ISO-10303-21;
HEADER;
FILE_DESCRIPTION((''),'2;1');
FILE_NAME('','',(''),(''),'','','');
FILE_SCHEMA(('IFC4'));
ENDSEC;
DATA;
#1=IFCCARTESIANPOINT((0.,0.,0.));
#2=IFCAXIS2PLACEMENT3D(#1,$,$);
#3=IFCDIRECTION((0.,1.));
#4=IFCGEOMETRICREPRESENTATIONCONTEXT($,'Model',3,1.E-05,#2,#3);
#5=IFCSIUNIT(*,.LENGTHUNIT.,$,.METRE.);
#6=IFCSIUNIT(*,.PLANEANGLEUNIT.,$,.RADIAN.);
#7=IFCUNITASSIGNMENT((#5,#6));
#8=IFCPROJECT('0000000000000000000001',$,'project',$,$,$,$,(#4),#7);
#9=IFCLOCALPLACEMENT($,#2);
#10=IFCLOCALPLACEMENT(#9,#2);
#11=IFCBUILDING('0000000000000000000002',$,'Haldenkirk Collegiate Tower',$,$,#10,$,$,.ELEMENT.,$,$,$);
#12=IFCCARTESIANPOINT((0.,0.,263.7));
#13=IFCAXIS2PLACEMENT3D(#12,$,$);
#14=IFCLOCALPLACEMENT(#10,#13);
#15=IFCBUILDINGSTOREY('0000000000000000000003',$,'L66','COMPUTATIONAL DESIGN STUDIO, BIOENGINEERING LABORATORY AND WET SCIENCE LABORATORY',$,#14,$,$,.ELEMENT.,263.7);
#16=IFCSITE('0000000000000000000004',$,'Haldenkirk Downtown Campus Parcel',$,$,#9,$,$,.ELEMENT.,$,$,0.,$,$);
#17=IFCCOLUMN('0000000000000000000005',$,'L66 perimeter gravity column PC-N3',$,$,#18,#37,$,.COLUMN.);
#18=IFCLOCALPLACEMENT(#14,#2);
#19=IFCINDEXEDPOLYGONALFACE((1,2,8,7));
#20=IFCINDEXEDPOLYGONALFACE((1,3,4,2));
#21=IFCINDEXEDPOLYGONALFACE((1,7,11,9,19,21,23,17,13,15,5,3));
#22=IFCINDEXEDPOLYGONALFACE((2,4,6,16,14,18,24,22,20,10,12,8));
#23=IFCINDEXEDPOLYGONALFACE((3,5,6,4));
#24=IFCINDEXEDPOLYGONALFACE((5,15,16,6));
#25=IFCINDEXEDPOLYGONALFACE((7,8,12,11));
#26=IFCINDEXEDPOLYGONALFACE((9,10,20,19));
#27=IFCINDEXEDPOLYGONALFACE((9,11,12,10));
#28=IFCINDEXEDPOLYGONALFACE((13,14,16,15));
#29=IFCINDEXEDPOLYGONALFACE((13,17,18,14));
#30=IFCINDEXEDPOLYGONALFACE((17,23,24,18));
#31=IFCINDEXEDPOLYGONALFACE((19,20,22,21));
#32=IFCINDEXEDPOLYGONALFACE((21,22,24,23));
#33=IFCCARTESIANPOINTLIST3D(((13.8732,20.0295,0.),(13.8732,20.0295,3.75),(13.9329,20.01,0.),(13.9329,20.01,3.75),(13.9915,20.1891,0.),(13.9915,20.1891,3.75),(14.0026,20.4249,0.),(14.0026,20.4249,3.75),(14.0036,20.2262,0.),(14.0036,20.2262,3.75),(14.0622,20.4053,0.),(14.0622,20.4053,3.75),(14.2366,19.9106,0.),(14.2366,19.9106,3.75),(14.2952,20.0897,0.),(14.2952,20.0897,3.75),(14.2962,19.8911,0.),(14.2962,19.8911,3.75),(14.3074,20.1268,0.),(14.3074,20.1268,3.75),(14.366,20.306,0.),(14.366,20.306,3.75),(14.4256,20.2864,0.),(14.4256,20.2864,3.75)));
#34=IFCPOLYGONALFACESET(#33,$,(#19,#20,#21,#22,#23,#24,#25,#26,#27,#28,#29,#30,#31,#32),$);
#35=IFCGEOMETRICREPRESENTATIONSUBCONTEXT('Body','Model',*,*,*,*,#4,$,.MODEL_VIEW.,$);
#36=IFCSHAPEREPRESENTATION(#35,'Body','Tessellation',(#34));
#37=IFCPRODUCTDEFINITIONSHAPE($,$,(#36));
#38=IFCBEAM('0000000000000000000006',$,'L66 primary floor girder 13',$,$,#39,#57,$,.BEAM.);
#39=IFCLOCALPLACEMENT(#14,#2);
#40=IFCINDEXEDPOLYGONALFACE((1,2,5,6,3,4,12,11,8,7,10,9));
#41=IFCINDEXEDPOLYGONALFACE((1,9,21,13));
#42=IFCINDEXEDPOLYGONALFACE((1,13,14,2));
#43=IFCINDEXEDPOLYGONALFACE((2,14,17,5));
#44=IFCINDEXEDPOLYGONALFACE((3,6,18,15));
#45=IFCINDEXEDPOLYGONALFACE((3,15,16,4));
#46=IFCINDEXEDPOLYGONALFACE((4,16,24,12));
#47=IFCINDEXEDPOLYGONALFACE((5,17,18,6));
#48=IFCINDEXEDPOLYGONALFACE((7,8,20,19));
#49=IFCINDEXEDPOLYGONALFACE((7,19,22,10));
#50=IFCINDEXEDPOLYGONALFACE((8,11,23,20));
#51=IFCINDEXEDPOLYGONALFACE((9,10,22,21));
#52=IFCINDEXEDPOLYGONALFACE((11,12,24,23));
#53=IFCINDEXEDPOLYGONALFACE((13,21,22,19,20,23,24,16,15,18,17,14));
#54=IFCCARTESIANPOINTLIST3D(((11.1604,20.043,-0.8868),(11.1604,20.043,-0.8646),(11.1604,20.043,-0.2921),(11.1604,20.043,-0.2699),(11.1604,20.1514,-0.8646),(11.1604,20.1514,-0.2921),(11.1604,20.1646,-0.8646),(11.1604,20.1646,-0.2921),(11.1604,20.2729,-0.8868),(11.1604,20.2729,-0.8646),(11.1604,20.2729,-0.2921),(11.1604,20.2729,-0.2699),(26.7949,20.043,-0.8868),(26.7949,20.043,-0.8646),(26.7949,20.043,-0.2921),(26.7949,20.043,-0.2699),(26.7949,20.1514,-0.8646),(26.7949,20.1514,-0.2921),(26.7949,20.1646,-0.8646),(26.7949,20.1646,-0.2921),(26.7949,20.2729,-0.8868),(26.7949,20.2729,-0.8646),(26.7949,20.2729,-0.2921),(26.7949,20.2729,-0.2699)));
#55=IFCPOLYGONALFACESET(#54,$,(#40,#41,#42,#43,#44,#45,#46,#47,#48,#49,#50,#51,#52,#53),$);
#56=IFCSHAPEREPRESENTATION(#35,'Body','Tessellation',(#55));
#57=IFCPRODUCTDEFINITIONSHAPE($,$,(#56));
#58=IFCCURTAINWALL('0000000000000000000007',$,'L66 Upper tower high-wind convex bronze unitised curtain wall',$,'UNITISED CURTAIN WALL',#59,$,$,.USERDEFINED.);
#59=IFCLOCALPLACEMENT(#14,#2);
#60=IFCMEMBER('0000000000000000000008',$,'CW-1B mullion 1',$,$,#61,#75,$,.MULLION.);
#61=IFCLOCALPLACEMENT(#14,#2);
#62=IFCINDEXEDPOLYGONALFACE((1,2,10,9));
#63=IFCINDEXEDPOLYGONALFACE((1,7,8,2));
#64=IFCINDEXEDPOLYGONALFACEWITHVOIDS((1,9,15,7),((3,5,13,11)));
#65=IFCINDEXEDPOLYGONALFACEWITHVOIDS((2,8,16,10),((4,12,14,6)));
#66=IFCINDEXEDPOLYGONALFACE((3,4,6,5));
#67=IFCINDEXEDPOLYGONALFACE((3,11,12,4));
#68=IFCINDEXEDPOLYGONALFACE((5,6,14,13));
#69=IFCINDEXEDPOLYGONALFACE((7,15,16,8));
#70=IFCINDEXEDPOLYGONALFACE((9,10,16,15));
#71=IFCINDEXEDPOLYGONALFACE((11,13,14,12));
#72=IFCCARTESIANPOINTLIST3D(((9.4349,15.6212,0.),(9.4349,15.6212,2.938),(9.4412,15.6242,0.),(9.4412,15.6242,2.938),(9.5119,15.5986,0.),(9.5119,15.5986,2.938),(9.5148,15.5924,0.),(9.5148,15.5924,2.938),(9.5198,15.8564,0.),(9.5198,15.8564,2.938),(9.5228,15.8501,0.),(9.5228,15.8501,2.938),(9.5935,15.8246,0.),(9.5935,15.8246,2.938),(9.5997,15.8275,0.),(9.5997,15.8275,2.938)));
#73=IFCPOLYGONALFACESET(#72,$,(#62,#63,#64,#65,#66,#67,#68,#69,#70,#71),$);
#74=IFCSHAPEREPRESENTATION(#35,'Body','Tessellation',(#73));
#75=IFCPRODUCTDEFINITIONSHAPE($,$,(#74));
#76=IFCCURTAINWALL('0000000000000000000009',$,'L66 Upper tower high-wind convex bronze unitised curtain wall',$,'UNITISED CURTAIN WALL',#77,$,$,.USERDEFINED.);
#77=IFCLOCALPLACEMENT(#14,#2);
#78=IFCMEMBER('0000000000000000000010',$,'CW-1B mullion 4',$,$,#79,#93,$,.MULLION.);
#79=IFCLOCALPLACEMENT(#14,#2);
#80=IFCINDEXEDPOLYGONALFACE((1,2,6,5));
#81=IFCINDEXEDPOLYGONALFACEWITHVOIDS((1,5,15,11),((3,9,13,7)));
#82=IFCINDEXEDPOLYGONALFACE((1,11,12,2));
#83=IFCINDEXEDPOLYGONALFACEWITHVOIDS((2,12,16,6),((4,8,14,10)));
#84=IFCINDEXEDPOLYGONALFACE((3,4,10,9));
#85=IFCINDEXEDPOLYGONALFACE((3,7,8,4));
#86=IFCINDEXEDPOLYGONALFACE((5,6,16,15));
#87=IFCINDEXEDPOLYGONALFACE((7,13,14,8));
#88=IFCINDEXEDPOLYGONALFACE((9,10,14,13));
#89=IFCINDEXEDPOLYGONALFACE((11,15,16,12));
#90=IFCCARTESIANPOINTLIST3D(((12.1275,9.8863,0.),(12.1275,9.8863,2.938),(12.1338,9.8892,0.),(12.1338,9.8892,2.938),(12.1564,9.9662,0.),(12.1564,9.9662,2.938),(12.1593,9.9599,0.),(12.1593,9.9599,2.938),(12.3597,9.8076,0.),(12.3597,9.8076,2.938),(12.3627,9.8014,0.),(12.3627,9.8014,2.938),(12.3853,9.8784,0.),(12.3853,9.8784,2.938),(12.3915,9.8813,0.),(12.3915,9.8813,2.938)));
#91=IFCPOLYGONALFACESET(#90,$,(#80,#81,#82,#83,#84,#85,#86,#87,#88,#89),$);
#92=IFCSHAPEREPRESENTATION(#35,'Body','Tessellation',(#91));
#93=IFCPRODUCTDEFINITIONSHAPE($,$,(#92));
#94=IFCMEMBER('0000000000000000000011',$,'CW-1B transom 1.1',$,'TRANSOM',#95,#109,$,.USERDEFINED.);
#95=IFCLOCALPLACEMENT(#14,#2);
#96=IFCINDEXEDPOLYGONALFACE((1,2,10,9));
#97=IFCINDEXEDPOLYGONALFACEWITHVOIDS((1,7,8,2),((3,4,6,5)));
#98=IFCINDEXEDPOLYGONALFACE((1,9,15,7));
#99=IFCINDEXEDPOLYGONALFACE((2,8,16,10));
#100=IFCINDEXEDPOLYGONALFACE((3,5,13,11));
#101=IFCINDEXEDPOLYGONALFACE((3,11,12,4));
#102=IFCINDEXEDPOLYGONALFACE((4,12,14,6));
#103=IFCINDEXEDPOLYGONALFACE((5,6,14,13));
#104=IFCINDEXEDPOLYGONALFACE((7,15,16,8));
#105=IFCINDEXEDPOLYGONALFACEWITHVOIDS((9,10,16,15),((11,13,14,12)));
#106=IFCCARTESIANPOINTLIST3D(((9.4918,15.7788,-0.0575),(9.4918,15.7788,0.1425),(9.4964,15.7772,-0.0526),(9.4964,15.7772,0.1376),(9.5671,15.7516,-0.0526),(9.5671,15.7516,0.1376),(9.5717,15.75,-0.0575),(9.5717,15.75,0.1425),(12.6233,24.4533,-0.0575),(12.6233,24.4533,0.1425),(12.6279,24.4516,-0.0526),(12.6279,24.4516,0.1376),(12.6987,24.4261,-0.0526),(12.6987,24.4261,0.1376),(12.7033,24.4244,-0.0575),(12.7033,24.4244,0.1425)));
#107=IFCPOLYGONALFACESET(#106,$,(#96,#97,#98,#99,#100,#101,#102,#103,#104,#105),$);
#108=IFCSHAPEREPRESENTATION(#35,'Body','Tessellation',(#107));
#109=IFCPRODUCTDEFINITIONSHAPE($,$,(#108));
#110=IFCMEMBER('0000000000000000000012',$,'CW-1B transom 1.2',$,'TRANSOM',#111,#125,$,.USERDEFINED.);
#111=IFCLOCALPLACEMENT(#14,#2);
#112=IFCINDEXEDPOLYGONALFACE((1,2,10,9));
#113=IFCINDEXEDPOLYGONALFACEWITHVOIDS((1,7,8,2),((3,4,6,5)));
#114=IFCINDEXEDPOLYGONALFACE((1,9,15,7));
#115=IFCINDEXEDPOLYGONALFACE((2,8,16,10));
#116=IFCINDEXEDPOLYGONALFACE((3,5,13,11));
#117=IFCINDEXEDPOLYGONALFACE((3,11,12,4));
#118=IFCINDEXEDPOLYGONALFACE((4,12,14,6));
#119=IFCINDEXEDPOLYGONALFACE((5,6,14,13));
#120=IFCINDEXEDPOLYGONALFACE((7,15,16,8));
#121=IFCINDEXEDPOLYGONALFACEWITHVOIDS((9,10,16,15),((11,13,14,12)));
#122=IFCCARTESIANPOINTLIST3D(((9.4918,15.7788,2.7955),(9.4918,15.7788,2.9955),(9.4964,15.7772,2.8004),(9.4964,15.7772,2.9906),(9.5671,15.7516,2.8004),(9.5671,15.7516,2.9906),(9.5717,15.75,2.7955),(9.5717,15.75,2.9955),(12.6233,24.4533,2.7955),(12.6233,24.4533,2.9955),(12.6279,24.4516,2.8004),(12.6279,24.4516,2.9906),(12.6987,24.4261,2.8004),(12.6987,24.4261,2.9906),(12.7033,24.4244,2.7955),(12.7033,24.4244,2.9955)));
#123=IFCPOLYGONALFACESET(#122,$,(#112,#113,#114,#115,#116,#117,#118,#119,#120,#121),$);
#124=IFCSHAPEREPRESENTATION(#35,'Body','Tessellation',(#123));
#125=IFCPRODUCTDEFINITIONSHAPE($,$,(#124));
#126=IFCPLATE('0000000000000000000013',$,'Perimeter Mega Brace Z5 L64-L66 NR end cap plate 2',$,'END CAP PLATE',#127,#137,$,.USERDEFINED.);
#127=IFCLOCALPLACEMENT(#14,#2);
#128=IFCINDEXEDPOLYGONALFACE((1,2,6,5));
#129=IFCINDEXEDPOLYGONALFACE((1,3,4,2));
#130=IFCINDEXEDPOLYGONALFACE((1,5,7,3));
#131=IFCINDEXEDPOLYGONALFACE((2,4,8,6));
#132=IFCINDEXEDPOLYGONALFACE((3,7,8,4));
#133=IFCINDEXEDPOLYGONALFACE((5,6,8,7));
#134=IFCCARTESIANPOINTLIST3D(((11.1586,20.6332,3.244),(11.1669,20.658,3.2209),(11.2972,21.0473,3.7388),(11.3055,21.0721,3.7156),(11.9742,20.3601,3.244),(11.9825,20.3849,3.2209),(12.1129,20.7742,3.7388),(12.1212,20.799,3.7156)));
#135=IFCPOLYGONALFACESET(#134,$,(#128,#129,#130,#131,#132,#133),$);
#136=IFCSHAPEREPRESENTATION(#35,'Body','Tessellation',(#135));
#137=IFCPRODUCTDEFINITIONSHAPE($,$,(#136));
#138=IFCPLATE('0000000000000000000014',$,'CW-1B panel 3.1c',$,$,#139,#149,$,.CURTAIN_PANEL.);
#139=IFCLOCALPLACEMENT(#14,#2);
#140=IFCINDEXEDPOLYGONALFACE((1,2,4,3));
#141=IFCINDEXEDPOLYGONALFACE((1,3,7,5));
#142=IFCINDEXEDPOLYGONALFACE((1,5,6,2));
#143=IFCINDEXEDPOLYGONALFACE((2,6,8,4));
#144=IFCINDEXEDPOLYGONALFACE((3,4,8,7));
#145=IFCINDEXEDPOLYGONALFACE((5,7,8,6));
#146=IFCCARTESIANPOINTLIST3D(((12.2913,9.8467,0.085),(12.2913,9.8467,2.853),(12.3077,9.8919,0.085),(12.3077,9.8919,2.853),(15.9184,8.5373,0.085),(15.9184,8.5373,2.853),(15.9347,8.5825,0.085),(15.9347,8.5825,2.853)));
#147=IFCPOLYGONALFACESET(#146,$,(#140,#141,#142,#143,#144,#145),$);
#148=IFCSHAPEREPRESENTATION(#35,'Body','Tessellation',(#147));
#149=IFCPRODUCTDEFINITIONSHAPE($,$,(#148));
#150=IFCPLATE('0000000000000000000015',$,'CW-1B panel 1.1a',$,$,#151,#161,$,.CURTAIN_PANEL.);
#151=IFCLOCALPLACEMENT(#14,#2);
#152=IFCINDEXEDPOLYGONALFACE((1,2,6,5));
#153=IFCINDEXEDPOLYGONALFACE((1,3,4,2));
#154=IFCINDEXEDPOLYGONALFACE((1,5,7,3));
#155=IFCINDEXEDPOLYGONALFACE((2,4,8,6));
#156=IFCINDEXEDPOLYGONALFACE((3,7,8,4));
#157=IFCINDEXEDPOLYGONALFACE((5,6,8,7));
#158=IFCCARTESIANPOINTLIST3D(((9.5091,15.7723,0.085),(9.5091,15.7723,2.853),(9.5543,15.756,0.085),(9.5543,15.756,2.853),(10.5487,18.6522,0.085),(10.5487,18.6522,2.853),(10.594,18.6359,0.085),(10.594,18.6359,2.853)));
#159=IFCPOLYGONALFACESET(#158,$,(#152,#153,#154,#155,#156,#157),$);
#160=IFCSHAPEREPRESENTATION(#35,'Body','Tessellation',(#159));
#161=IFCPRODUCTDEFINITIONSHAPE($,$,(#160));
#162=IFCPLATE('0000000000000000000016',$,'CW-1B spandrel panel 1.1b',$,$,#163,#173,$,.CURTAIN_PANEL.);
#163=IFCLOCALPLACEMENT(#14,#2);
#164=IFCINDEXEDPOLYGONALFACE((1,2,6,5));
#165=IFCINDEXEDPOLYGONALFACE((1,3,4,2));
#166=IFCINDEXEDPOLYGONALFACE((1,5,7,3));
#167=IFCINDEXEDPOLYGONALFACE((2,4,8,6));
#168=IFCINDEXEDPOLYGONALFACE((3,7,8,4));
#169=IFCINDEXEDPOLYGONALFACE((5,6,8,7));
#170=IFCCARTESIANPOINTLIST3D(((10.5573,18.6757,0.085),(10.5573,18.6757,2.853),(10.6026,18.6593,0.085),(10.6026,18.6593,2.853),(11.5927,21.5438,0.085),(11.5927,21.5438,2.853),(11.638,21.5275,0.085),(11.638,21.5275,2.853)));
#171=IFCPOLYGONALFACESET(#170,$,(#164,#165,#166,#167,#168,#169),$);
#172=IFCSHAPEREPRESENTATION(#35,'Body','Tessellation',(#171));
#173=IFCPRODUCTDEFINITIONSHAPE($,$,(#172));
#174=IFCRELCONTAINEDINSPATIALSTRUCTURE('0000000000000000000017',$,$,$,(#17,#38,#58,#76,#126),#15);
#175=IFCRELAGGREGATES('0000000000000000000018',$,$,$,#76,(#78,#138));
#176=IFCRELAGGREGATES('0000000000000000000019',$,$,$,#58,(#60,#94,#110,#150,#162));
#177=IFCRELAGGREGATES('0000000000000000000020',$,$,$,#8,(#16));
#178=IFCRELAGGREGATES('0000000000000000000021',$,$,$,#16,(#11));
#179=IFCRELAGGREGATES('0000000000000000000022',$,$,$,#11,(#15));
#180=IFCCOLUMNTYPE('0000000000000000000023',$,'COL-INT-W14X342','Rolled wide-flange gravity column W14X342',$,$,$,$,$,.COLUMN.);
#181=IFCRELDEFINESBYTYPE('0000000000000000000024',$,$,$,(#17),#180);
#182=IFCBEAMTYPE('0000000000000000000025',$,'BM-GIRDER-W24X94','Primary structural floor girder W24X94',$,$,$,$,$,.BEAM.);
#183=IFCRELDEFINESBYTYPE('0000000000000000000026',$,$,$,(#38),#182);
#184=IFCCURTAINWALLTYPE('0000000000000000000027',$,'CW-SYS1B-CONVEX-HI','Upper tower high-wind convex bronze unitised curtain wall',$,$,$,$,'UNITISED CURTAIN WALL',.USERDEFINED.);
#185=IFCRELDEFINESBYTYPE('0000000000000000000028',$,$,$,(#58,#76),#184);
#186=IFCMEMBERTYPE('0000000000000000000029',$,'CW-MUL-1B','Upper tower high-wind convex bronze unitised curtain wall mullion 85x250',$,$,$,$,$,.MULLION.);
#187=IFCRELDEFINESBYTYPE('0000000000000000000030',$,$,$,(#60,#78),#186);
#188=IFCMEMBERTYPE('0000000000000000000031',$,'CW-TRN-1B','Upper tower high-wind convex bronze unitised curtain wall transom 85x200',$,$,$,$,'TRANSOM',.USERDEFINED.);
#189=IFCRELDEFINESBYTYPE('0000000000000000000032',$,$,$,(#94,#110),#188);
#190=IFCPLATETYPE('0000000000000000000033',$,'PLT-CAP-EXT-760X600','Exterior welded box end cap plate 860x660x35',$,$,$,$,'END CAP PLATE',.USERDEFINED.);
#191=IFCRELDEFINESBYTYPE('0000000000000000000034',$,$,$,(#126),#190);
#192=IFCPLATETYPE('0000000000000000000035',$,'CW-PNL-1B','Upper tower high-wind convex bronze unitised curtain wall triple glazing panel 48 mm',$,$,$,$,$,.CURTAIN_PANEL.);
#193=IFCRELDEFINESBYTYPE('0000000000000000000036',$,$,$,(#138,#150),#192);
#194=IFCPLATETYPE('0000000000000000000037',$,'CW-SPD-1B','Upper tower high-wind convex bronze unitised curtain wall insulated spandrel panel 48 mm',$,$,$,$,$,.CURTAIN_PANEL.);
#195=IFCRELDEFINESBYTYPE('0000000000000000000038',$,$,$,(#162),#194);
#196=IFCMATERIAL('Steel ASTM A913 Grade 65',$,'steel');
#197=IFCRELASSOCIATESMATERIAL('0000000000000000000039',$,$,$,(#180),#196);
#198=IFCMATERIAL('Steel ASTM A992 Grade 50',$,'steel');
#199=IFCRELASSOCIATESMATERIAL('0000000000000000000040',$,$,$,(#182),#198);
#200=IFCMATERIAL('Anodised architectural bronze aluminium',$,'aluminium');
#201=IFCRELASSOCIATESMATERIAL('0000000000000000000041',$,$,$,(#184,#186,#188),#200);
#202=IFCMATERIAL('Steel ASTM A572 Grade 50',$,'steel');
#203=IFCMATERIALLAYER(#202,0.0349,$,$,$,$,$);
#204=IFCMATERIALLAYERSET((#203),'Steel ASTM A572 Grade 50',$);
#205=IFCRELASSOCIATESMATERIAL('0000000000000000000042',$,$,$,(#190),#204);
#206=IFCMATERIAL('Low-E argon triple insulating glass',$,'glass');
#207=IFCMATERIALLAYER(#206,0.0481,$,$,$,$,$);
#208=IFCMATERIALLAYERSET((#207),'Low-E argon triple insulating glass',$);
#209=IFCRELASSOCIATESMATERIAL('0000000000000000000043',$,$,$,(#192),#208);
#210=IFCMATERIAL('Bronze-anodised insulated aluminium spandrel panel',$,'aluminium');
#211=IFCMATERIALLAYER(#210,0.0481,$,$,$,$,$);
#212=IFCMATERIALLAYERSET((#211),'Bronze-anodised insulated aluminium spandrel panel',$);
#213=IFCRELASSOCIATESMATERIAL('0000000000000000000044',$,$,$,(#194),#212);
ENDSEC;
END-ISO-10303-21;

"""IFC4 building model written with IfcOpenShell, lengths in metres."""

from ifc_helpers import new_model, si_unit, direction, frame, origin, origin_2d, place, context, subcontext, project, spatial, rectangle, hollow_rectangle, i_section, extrude, source, transform, mapped, material, layer, layer_set, material_profile, profile_set, type_object, element, aggregate, save


model = new_model("IFC4")

# Units and contexts
model_context = context("Model", 3, precision=1e-05, world=origin(), true_north=direction((0.0, 1.0)))
body_context = subcontext(model_context, "Body", "Model", "MODEL_VIEW")
ifc_project = project(units=[si_unit("LENGTHUNIT", "METRE"), si_unit("PLANEANGLEUNIT", "RADIAN")], contexts=[model_context])

# Site, building, storey
site_placement = place(None, origin())
site = spatial("IfcSite", under=ifc_project, at=site_placement, Name="Haldenkirk Downtown Campus Parcel", CompositionType="ELEMENT", RefElevation=0.0)
building_placement = place(site_placement, origin())
building = spatial("IfcBuilding", under=site, at=building_placement, Name="Haldenkirk Collegiate Tower", CompositionType="ELEMENT")
storey_placement = place(building_placement, frame((0.0, 0.0, 263.7)))
storey = spatial("IfcBuildingStorey", under=building, at=storey_placement, Name="L66", Description="COMPUTATIONAL DESIGN STUDIO, BIOENGINEERING LABORATORY AND WET SCIENCE LABORATORY", CompositionType="ELEMENT", Elevation=263.7)

# Column
ifc_material_1 = material(Name="Steel ASTM A913 Grade 65", Category="steel")
ifc_material_profile_1 = material_profile(ifc_material_1, i_section(OverallWidth=0.416, OverallDepth=0.4451, WebThickness=0.0391, FlangeThickness=0.0627, at=origin_2d()), Name="W14X342")
ifc_profile_set_1 = profile_set([ifc_material_profile_1], Name="Steel ASTM A913 Grade 65")
column_type = type_object("IfcColumnType", Name="COL-INT-W14X342", Description="Rolled wide-flange gravity column W14X342", PredefinedType="COLUMN", material=ifc_profile_set_1)
column_placement = place(storey_placement, frame((14.1494, 20.158, 0.0), z_axis=(0.0, 0.0, 1.0), x_axis=(0.311008, 0.950407, 0.0)))
element("IfcColumn", 1, at=column_placement, inside=storey, type_object=column_type, Name="L66 perimeter gravity column PC-N3", PredefinedType="COLUMN", context=body_context, shape_type="SweptSolid", body=[
    extrude(i_section(OverallWidth=0.416, OverallDepth=0.4451, WebThickness=0.0391, FlangeThickness=0.0627, at=origin_2d()), origin(), (0.0, 0.0, 1.0), 3.75),
])

# Beam
ifc_material_2 = material(Name="Steel ASTM A992 Grade 50", Category="steel")
ifc_material_profile_2 = material_profile(ifc_material_2, i_section(OverallWidth=0.23, OverallDepth=0.6169, WebThickness=0.0132, FlangeThickness=0.0222, at=origin_2d()), Name="W24X94")
ifc_profile_set_2 = profile_set([ifc_material_profile_2], Name="Steel ASTM A992 Grade 50")
beam_type = type_object("IfcBeamType", Name="BM-GIRDER-W24X94", Description="Primary structural floor girder W24X94", PredefinedType="BEAM", material=ifc_profile_set_2)
beam_placement = place(storey_placement, frame((11.1604, 20.158, -0.5784), z_axis=(1.0, 0.0, 0.0), x_axis=(0.0, 1.0, 0.0)))
element("IfcBeam", 2, at=beam_placement, inside=storey, type_object=beam_type, Name="L66 primary floor girder 13", PredefinedType="BEAM", context=body_context, shape_type="SweptSolid", body=[
    extrude(i_section(OverallWidth=0.23, OverallDepth=0.6169, WebThickness=0.0132, FlangeThickness=0.0222, at=origin_2d()), origin(), (0.0, 0.0, 1.0), 15.6345),
])

# Curtain walls, members
ifc_material_3 = material(Name="Anodised architectural bronze aluminium", Category="aluminium")
curtain_wall_type = type_object("IfcCurtainWallType", Name="CW-SYS1B-CONVEX-HI", Description="Upper tower high-wind convex bronze unitised curtain wall", ElementType="UNITISED CURTAIN WALL", PredefinedType="USERDEFINED", material=ifc_material_3)
curtain_wall_1_placement = place(storey_placement, origin())
curtain_wall_1 = element("IfcCurtainWall", 3, at=curtain_wall_1_placement, inside=storey, type_object=curtain_wall_type, Name="L66 Upper tower high-wind convex bronze unitised curtain wall", ObjectType="UNITISED CURTAIN WALL", PredefinedType="USERDEFINED")
ifc_material_profile_3 = material_profile(ifc_material_3, hollow_rectangle(XDim=0.085, YDim=0.25, WallThickness=0.0049, at=origin_2d()), Name="CW-MUL-1B")
ifc_profile_set_3 = profile_set([ifc_material_profile_3], Name="Anodised architectural bronze aluminium")
member_type_1 = type_object("IfcMemberType", Name="CW-MUL-1B", Description="Upper tower high-wind convex bronze unitised curtain wall mullion 85x250", PredefinedType="MULLION", material=ifc_profile_set_3)
member_1_placement = place(storey_placement, frame((9.5173, 15.7244, 0.0), z_axis=(0.0, 0.0, 1.0), x_axis=(-0.940585, 0.339559, 0.0)))
member_1 = element("IfcMember", 4, at=member_1_placement, type_object=member_type_1, Name="CW-1B mullion 1", PredefinedType="MULLION", context=body_context, shape_type="SweptSolid", body=[
    extrude(hollow_rectangle(XDim=0.085, YDim=0.25, WallThickness=0.0049, at=origin_2d()), origin(), (0.0, 0.0, 1.0), 2.938),
])
curtain_wall_2_placement = place(storey_placement, origin())
curtain_wall_2 = element("IfcCurtainWall", 5, at=curtain_wall_2_placement, inside=storey, type_object=curtain_wall_type, Name="L66 Upper tower high-wind convex bronze unitised curtain wall", ObjectType="UNITISED CURTAIN WALL", PredefinedType="USERDEFINED")
member_2_placement = place(storey_placement, frame((12.2595, 9.8838, 0.0), z_axis=(0.0, 0.0, 1.0), x_axis=(-0.339559, -0.940585, 0.0)))
member_2 = element("IfcMember", 6, at=member_2_placement, type_object=member_type_1, Name="CW-1B mullion 4", PredefinedType="MULLION", context=body_context, shape_type="SweptSolid", body=[
    extrude(hollow_rectangle(XDim=0.085, YDim=0.25, WallThickness=0.0049, at=origin_2d()), origin(), (0.0, 0.0, 1.0), 2.938),
])

# Members
ifc_material_profile_4 = material_profile(ifc_material_3, hollow_rectangle(XDim=0.085, YDim=0.2, WallThickness=0.0049, at=origin_2d()), Name="CW-TRN-1B")
ifc_profile_set_4 = profile_set([ifc_material_profile_4], Name="Anodised architectural bronze aluminium")
member_type_2 = type_object("IfcMemberType", Name="CW-TRN-1B", Description="Upper tower high-wind convex bronze unitised curtain wall transom 85x200", ElementType="TRANSOM", PredefinedType="USERDEFINED", material=ifc_profile_set_4)
member_3_placement = place(storey_placement, frame((9.5317, 15.7644, 0.0425), z_axis=(0.339559, 0.940585, 0.0), x_axis=(-0.940585, 0.339559, 0.0)))
member_3 = element("IfcMember", 7, at=member_3_placement, type_object=member_type_2, Name="CW-1B transom 1.1", ObjectType="TRANSOM", PredefinedType="USERDEFINED", context=body_context, shape_type="SweptSolid", body=[
    extrude(hollow_rectangle(XDim=0.085, YDim=0.2, WallThickness=0.0049, at=origin_2d()), origin(), (0.0, 0.0, 1.0), 9.2224),
])
member_4_placement = place(storey_placement, frame((9.5317, 15.7644, 2.8955), z_axis=(0.339559, 0.940585, 0.0), x_axis=(-0.940585, 0.339559, 0.0)))
member_4 = element("IfcMember", 8, at=member_4_placement, type_object=member_type_2, Name="CW-1B transom 1.2", ObjectType="TRANSOM", PredefinedType="USERDEFINED", context=body_context, shape_type="SweptSolid", body=[
    extrude(hollow_rectangle(XDim=0.085, YDim=0.2, WallThickness=0.0049, at=origin_2d()), origin(), (0.0, 0.0, 1.0), 9.2224),
])

# Plates
ifc_material_4 = material(Name="Steel ASTM A572 Grade 50", Category="steel")
ifc_layer_1 = layer(ifc_material_4, 0.0349)
ifc_layer_set_1 = layer_set([ifc_layer_1], Name="Steel ASTM A572 Grade 50")
plate_type_1 = type_object("IfcPlateType", Name="PLT-CAP-EXT-760X600", Description="Exterior welded box end cap plate 860x660x35", ElementType="END CAP PLATE", PredefinedType="USERDEFINED", material=ifc_layer_set_1)
shared_shape_1 = source(origin(), body_context, "Body", "SweptSolid", [
    extrude(rectangle(XDim=0.8601, YDim=0.6599, at=origin_2d()), origin(), (0.0, 0.0, 1.0), 0.0349),
])
plate_1_placement = place(storey_placement, frame((11.644, 20.7285, 3.4683), z_axis=(-0.238022, -0.710973, 0.661712), x_axis=(0.94827, -0.317465, 0.0)))
element("IfcPlate", 9, at=plate_1_placement, inside=storey, type_object=plate_type_1, Name="Perimeter Mega Brace Z5 L64-L66 NR end cap plate 2", ObjectType="END CAP PLATE", PredefinedType="USERDEFINED", context=body_context, shape_type="MappedRepresentation", body=[
    mapped(shared_shape_1, transform((0.0, 0.0, 0.0), x_axis=(1.0, 0.0, 0.0), y_axis=(0.0, 1.0, 0.0), z_axis=(0.0, 0.0, 1.0), scale=1.0)),
])
ifc_material_5 = material(Name="Low-E argon triple insulating glass", Category="glass")
ifc_layer_2 = layer(ifc_material_5, 0.0481)
ifc_layer_set_2 = layer_set([ifc_layer_2], Name="Low-E argon triple insulating glass")
plate_type_2 = type_object("IfcPlateType", Name="CW-PNL-1B", Description="Upper tower high-wind convex bronze unitised curtain wall triple glazing panel 48 mm", PredefinedType="CURTAIN_PANEL", material=ifc_layer_set_2)
shared_shape_2 = source(origin(), body_context, "Body", "SweptSolid", [
    extrude(rectangle(XDim=3.8562, YDim=0.0481, at=origin_2d()), origin(), (0.0, 0.0, 1.0), 2.7681),
])
plate_2_placement = place(storey_placement, frame((14.113, 9.2146, 0.085), z_axis=(0.0, 0.0, 1.0), x_axis=(-0.940585, 0.339559, 0.0)))
plate_2 = element("IfcPlate", 10, at=plate_2_placement, type_object=plate_type_2, Name="CW-1B panel 3.1c", PredefinedType="CURTAIN_PANEL", context=body_context, shape_type="MappedRepresentation", body=[
    mapped(shared_shape_2, transform((0.0, 0.0, 0.0), x_axis=(1.0, 0.0, 0.0), y_axis=(0.0, 1.0, 0.0), z_axis=(0.0, 0.0, 1.0), scale=1.0)),
])
aggregate(curtain_wall_2, [member_2, plate_2])
shared_shape_3 = source(origin(), body_context, "Body", "SweptSolid", [
    extrude(rectangle(XDim=3.0618, YDim=0.0481, at=origin_2d()), origin(), (0.0, 0.0, 1.0), 2.7681),
])
plate_3_placement = place(storey_placement, frame((10.0515, 17.2041, 0.085), z_axis=(0.0, 0.0, 1.0), x_axis=(0.339559, 0.940585, 0.0)))
plate_3 = element("IfcPlate", 11, at=plate_3_placement, type_object=plate_type_2, Name="CW-1B panel 1.1a", PredefinedType="CURTAIN_PANEL", context=body_context, shape_type="MappedRepresentation", body=[
    mapped(shared_shape_3, transform((0.0, 0.0, 0.0), x_axis=(1.0, 0.0, 0.0), y_axis=(0.0, 1.0, 0.0), z_axis=(0.0, 0.0, 1.0), scale=1.0)),
])
ifc_material_6 = material(Name="Bronze-anodised insulated aluminium spandrel panel", Category="aluminium")
ifc_layer_3 = layer(ifc_material_6, 0.0481)
ifc_layer_set_3 = layer_set([ifc_layer_3], Name="Bronze-anodised insulated aluminium spandrel panel")
plate_type_3 = type_object("IfcPlateType", Name="CW-SPD-1B", Description="Upper tower high-wind convex bronze unitised curtain wall insulated spandrel panel 48 mm", PredefinedType="CURTAIN_PANEL", material=ifc_layer_set_3)
shared_shape_4 = source(origin(), body_context, "Body", "SweptSolid", [
    extrude(rectangle(XDim=3.0493, YDim=0.0481, at=origin_2d()), origin(), (0.0, 0.0, 1.0), 2.7681),
])
plate_4_placement = place(storey_placement, frame((11.0977, 20.1016, 0.085), z_axis=(0.0, 0.0, 1.0), x_axis=(0.339559, 0.940585, 0.0)))
plate_4 = element("IfcPlate", 12, at=plate_4_placement, type_object=plate_type_3, Name="CW-1B spandrel panel 1.1b", PredefinedType="CURTAIN_PANEL", context=body_context, shape_type="MappedRepresentation", body=[
    mapped(shared_shape_4, transform((0.0, 0.0, 0.0), x_axis=(1.0, 0.0, 0.0), y_axis=(0.0, 1.0, 0.0), z_axis=(0.0, 0.0, 1.0), scale=1.0)),
])
aggregate(curtain_wall_1, [member_1, member_3, member_4, plate_3, plate_4])

save(model, "model.ifc")
